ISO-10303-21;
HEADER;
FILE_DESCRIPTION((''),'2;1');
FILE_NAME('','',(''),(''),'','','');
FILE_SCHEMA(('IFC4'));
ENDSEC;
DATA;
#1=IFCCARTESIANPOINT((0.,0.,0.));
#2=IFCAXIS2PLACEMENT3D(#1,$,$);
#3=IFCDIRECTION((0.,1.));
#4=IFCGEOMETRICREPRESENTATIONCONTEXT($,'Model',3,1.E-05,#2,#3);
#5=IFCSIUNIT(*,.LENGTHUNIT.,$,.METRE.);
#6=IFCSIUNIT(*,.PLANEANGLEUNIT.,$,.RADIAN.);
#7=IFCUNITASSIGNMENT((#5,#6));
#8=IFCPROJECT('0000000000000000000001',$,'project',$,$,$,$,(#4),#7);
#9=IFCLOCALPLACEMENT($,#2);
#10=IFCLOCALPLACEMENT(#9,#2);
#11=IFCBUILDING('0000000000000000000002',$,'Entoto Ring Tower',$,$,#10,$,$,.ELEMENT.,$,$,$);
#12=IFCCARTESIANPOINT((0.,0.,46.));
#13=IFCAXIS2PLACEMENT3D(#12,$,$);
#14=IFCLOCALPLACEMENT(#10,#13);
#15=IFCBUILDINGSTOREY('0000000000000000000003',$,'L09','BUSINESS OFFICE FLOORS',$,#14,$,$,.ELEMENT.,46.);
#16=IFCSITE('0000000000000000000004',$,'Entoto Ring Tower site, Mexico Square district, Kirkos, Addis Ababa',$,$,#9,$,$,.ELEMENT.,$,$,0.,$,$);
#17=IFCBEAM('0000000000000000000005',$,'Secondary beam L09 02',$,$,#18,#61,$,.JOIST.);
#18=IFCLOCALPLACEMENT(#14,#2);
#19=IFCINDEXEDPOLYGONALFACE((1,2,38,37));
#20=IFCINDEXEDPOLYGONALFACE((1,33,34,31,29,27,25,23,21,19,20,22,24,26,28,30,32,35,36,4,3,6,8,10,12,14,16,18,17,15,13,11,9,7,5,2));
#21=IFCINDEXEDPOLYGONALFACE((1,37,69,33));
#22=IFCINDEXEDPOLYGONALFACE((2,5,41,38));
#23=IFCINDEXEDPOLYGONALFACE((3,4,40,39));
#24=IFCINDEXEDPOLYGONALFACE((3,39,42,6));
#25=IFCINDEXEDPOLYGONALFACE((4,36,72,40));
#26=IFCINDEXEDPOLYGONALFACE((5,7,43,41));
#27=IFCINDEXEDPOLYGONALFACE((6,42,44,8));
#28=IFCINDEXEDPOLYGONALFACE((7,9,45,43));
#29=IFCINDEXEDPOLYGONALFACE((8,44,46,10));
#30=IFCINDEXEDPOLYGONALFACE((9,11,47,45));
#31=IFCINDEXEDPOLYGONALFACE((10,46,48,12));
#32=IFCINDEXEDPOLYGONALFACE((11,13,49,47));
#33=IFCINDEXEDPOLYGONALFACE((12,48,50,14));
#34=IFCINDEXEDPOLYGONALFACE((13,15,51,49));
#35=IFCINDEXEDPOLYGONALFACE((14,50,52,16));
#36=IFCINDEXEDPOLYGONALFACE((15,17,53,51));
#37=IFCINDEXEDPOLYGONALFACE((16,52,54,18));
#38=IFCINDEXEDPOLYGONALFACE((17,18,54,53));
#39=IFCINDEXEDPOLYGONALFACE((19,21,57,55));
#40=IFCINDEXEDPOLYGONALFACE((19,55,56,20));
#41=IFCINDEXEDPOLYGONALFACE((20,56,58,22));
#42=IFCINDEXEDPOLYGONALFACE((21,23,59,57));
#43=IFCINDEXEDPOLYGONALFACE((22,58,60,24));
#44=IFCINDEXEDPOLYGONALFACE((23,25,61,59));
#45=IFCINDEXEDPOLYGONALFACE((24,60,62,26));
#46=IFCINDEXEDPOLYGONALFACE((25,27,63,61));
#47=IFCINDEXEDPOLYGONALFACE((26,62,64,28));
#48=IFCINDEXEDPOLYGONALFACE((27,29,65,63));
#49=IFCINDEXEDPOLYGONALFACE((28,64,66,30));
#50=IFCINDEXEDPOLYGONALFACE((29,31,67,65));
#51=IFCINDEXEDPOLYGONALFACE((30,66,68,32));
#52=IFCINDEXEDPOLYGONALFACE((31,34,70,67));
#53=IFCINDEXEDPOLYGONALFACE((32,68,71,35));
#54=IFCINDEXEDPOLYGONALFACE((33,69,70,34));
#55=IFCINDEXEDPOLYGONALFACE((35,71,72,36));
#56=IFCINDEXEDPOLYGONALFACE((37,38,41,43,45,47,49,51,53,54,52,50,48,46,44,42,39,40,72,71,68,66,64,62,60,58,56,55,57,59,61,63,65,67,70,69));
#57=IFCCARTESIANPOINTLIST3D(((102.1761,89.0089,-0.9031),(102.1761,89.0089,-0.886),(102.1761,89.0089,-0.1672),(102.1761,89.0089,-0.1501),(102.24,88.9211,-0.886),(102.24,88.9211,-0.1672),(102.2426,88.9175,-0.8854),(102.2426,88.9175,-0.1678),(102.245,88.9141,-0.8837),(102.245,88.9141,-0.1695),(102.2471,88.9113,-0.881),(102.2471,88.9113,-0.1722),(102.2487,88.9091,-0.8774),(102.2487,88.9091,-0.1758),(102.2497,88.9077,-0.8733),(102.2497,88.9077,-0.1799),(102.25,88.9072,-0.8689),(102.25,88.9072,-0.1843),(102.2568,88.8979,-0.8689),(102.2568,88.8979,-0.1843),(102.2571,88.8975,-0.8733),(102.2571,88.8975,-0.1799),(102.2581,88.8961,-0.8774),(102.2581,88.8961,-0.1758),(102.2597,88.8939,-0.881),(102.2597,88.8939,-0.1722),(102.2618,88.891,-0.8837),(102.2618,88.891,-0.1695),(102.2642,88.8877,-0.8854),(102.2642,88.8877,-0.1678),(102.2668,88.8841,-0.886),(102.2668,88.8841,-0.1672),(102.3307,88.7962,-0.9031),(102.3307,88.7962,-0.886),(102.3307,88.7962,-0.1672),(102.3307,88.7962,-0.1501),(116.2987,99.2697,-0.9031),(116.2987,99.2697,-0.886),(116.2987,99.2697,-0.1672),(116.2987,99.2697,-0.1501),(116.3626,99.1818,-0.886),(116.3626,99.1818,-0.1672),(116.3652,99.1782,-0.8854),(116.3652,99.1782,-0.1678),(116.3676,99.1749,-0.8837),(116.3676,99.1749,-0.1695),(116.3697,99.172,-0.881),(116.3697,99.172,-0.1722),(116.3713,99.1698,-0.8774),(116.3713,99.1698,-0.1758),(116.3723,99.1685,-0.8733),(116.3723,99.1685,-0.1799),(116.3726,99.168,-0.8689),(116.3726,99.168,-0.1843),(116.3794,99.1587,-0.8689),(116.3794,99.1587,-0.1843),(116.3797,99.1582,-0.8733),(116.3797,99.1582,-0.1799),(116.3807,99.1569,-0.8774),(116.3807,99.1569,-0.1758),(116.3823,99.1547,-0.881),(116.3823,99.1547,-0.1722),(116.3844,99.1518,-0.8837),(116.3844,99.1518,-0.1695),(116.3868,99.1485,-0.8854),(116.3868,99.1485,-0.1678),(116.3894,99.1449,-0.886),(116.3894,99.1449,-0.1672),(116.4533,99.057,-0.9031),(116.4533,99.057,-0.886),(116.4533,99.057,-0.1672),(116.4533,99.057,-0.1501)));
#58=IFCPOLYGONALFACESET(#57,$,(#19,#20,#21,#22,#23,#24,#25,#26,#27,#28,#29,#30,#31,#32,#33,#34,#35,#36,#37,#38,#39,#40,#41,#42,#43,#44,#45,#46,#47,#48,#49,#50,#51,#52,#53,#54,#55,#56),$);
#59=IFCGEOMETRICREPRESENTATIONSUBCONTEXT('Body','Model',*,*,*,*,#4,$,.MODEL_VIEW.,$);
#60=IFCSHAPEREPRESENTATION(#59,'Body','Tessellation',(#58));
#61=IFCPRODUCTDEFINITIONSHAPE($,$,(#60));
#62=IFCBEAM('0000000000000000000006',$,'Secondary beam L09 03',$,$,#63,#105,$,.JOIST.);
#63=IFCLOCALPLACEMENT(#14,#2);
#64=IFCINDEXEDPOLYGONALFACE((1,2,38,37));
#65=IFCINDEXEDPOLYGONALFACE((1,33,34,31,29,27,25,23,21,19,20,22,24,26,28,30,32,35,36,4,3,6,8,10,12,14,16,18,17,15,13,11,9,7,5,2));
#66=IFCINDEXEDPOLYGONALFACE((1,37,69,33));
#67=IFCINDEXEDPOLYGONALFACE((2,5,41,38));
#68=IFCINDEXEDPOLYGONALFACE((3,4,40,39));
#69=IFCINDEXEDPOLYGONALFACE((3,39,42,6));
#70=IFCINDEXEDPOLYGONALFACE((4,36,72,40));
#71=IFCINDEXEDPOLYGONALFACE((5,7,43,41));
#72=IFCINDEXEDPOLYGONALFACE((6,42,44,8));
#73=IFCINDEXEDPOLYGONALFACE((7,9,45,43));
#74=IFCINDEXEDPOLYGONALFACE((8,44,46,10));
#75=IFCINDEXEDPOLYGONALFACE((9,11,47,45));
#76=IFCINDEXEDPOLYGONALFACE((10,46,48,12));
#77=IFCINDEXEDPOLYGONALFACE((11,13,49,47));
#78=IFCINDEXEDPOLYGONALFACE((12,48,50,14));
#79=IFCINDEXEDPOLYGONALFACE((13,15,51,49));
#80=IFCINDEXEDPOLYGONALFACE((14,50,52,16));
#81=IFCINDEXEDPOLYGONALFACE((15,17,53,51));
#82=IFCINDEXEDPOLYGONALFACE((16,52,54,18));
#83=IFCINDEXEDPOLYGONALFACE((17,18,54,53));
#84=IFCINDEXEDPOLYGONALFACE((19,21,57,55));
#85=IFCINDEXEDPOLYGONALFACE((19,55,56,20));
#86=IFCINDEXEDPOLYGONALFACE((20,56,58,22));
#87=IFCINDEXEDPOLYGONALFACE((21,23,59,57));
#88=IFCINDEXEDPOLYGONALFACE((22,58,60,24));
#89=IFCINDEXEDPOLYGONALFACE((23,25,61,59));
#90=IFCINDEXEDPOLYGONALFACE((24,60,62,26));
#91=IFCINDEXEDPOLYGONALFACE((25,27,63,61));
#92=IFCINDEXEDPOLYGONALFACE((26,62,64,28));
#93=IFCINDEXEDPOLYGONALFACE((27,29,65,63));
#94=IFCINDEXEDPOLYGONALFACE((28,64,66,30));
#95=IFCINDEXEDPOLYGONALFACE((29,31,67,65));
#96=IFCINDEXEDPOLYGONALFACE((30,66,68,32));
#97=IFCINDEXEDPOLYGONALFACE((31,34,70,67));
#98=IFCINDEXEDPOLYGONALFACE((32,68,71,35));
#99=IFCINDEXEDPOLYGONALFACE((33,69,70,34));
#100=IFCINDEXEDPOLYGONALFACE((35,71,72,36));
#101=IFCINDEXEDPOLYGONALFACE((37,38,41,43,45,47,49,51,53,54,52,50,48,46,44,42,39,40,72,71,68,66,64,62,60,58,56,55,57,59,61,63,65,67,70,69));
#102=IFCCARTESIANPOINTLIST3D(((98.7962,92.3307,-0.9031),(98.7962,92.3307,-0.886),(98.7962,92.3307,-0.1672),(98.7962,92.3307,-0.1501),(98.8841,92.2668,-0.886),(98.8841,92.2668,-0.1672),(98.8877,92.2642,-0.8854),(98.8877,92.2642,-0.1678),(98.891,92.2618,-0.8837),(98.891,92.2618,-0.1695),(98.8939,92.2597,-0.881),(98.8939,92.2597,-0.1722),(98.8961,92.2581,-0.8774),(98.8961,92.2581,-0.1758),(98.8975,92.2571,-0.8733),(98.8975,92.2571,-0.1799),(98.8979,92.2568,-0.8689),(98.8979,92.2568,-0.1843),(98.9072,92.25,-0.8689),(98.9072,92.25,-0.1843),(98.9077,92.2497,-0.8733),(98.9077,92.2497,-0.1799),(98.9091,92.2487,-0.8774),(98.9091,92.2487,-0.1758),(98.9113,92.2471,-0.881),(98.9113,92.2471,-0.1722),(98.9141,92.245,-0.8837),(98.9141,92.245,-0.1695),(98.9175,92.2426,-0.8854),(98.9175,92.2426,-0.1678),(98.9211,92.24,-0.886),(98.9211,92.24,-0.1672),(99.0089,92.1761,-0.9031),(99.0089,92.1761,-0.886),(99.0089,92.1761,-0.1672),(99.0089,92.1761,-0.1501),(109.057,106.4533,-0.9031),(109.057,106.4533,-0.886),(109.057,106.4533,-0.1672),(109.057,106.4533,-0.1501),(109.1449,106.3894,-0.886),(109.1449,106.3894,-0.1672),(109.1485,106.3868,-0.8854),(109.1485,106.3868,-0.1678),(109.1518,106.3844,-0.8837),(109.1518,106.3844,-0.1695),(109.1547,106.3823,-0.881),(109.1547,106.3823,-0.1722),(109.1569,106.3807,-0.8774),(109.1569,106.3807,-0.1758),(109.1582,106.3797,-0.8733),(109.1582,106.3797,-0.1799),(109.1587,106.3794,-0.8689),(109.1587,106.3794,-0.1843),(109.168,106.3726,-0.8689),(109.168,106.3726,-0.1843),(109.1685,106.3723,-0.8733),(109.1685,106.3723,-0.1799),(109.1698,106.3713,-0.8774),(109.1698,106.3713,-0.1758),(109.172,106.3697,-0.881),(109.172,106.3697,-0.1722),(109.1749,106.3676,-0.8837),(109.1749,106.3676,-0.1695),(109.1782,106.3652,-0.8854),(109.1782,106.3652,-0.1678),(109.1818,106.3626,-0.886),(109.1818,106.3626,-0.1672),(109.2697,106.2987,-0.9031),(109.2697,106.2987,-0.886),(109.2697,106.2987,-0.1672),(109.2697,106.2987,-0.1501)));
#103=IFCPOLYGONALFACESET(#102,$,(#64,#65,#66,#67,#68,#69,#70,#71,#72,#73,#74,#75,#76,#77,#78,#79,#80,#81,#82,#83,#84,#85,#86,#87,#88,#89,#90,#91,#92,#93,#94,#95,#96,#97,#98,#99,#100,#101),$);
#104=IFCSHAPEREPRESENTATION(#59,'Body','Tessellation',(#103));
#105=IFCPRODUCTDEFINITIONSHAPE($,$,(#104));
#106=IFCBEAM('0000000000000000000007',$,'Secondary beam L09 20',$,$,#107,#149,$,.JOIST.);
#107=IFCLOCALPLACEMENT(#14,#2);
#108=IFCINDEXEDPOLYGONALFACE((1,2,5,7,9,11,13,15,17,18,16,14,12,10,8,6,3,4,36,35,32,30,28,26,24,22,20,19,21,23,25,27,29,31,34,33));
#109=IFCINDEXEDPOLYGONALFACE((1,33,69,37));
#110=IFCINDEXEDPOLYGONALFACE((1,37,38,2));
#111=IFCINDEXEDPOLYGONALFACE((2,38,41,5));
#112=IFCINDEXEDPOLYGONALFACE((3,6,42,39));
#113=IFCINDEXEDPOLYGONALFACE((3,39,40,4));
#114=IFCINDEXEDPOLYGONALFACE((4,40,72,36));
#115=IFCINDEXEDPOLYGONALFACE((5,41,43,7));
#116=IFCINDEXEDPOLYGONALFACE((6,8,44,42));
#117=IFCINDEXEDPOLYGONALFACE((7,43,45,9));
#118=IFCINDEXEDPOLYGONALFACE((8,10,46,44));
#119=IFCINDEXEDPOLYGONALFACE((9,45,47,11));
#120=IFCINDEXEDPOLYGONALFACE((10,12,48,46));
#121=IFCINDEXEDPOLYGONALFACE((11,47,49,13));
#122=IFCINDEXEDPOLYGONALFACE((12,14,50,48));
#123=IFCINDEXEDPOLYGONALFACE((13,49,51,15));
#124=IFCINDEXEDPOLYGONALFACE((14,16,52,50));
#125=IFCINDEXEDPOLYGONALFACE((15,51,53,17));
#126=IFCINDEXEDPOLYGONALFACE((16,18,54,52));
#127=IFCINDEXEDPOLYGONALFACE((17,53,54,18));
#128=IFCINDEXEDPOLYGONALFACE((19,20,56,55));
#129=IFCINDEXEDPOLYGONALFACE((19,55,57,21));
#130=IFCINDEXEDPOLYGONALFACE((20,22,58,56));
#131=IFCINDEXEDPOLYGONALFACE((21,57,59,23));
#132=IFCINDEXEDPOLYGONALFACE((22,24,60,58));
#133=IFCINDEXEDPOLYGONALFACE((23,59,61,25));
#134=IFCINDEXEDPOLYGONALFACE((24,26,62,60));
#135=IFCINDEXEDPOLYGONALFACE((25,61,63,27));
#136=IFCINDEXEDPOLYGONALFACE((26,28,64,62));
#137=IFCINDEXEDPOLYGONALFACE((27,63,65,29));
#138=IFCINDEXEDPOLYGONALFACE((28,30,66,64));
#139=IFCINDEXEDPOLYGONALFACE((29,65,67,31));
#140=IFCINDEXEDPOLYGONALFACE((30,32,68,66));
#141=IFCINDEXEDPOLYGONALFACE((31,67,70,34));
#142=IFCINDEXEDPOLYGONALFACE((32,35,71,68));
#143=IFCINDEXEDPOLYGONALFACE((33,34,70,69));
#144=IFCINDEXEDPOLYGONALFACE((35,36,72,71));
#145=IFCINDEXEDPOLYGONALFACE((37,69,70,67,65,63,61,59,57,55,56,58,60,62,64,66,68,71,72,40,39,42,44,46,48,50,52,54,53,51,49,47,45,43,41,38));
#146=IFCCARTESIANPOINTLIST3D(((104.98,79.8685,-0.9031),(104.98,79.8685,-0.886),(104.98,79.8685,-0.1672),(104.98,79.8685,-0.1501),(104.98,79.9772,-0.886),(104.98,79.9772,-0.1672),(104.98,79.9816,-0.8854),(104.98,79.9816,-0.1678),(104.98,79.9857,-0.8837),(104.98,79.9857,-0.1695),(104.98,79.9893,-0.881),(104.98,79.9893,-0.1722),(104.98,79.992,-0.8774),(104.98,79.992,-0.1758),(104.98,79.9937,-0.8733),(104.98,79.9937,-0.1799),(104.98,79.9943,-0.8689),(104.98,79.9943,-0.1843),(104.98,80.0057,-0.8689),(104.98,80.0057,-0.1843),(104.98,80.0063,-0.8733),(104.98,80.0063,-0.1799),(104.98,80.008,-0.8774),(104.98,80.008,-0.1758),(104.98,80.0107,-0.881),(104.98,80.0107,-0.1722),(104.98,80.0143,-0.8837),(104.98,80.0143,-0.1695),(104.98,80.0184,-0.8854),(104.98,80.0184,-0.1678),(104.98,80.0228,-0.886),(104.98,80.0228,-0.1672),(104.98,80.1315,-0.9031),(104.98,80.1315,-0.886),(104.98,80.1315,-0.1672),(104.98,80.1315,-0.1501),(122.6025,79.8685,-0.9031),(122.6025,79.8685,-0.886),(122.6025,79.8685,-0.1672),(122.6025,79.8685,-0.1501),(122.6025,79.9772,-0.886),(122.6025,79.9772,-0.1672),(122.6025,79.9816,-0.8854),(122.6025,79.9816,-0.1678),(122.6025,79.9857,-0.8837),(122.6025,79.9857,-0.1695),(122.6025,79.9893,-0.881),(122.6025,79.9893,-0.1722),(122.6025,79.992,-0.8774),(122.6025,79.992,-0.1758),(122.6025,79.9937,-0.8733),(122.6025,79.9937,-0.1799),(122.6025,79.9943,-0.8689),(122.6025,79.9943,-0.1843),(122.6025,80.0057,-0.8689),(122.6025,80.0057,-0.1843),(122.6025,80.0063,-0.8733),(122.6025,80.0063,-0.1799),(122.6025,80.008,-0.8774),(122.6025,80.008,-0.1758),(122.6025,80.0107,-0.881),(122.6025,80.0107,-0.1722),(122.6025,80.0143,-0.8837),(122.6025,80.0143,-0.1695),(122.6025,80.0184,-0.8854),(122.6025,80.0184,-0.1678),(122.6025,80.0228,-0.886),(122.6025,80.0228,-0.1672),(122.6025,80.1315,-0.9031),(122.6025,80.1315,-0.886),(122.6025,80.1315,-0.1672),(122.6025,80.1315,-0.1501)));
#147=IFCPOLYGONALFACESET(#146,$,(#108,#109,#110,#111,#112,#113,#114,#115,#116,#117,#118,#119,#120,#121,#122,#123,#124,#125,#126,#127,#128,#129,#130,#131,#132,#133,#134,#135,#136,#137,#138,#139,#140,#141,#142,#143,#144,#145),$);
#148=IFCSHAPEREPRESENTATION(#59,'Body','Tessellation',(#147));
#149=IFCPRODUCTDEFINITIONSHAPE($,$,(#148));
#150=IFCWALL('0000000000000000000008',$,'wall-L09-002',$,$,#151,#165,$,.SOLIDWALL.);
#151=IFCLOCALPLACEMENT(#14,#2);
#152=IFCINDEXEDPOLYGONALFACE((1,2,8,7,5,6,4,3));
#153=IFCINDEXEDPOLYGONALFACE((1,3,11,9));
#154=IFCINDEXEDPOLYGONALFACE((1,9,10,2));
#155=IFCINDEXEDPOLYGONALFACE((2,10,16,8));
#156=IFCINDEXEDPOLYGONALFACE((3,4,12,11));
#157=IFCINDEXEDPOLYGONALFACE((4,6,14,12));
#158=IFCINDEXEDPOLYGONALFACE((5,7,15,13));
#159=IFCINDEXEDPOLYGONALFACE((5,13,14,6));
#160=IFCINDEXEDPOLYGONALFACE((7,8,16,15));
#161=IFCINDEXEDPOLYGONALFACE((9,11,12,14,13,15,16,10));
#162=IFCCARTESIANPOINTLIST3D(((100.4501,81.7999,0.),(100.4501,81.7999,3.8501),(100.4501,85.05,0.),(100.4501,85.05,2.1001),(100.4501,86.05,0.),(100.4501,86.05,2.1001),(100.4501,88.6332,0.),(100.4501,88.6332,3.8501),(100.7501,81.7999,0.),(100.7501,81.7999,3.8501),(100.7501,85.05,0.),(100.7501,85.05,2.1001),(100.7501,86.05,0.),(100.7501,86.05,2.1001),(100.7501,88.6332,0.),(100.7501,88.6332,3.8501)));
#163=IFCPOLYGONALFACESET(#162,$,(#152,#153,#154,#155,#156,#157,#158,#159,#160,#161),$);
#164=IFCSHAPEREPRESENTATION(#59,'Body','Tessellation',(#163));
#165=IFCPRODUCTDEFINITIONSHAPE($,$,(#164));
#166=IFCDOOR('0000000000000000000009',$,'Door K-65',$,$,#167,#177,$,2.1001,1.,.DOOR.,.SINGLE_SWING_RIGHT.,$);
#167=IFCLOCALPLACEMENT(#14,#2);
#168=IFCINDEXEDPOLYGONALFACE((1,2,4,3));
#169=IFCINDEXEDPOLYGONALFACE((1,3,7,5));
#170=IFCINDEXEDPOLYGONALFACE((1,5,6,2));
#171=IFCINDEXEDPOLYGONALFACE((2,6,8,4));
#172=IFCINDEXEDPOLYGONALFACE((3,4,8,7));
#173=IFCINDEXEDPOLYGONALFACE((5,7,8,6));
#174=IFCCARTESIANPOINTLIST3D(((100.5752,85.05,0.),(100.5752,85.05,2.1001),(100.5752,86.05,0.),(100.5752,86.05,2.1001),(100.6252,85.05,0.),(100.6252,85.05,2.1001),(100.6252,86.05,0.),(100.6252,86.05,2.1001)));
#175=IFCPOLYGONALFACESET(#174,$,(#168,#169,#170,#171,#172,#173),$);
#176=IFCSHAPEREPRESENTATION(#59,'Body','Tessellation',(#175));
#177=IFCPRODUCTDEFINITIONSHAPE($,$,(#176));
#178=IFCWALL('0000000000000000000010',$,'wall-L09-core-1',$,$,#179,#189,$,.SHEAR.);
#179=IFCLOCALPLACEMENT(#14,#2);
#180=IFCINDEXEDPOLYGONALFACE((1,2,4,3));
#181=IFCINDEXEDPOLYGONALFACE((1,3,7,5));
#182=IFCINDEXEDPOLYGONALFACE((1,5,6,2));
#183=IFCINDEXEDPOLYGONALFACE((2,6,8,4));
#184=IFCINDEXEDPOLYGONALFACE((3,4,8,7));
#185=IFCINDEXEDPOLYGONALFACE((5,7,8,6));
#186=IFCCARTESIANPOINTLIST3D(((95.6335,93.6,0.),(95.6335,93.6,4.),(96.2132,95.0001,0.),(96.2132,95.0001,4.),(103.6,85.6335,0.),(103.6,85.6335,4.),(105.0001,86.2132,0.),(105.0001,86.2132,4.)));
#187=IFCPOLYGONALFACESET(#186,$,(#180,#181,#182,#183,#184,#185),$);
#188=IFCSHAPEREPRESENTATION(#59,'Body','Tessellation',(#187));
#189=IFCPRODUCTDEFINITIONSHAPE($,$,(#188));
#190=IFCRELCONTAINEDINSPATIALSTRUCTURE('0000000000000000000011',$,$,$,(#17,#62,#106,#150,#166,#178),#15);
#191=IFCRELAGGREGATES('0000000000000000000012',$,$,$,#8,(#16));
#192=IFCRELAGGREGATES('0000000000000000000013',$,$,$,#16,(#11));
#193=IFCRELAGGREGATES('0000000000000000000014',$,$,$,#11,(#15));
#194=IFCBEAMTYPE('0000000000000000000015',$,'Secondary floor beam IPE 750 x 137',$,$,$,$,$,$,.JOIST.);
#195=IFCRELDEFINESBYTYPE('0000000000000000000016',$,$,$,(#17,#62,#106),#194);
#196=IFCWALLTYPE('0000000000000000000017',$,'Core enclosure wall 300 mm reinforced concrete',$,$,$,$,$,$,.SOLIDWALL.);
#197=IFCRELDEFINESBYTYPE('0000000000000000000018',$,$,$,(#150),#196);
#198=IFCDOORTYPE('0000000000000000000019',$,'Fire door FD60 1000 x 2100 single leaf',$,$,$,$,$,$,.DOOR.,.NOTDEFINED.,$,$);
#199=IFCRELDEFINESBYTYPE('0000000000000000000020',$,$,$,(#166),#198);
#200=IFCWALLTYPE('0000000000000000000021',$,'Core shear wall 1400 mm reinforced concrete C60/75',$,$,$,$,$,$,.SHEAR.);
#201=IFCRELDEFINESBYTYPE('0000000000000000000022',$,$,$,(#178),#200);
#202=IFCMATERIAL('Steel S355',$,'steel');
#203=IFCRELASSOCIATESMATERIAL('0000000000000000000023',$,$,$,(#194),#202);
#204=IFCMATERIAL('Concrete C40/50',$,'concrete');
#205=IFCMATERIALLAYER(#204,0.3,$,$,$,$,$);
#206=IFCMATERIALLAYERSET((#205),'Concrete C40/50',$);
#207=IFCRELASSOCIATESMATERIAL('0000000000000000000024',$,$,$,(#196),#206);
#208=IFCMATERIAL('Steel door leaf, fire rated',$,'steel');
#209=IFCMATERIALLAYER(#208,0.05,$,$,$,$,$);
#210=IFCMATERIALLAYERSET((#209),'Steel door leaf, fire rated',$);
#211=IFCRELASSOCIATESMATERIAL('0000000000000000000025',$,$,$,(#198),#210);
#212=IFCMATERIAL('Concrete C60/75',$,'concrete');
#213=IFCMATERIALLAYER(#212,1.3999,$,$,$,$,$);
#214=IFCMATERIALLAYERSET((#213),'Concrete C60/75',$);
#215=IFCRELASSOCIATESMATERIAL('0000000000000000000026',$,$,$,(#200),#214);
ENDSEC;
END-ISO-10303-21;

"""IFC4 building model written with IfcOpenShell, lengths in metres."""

from ifc_helpers import new_model, si_unit, direction, frame, frame_2d, origin, origin_2d, place, context, subcontext, project, spatial, polyline, rectangle, i_section, outline, extrude, material, layer, layer_set, material_profile, profile_set, type_object, element, fill, save


model = new_model("IFC4")

# Units and contexts
model_context = context("Model", 3, precision=1e-05, world=origin(), true_north=direction((0.0, 1.0)))
body_context = subcontext(model_context, "Body", "Model", "MODEL_VIEW")
ifc_project = project(units=[si_unit("LENGTHUNIT", "METRE"), si_unit("PLANEANGLEUNIT", "RADIAN")], contexts=[model_context])

# Site, building, storey
site_placement = place(None, origin())
site = spatial("IfcSite", under=ifc_project, at=site_placement, Name="Entoto Ring Tower site, Mexico Square district, Kirkos, Addis Ababa", CompositionType="ELEMENT", RefElevation=0.0)
building_placement = place(site_placement, origin())
building = spatial("IfcBuilding", under=site, at=building_placement, Name="Entoto Ring Tower", CompositionType="ELEMENT")
storey_placement = place(building_placement, frame((0.0, 0.0, 46.0)))
storey = spatial("IfcBuildingStorey", under=building, at=storey_placement, Name="L09", Description="BUSINESS OFFICE FLOORS", CompositionType="ELEMENT", Elevation=46.0)

# Beams
ifc_material_1 = material(Name="Steel S355", Category="steel")
ifc_material_profile_1 = material_profile(ifc_material_1, i_section(OverallWidth=0.2629, OverallDepth=0.7529, WebThickness=0.0115, FlangeThickness=0.0171, FilletRadius=0.0171, at=origin_2d()), Name="IPE 750 x 137")
ifc_profile_set_1 = profile_set([ifc_material_profile_1], Name="Steel S355")
beam_type_1 = type_object("IfcBeamType", Name="Secondary floor beam IPE 750 x 137", PredefinedType="JOIST", material=ifc_profile_set_1)
for number, where, z_axis, x_axis, name in (
    (1, (102.2534, 88.9026, -0.5266), (0.809014, 0.587789, 0.0), (-0.587789, 0.809014, 0.0), "Secondary beam L09 02"),
    (2, (98.9026, 92.2534, -0.5266), (0.587789, 0.809014, 0.0), (-0.809014, 0.587789, 0.0), "Secondary beam L09 03"),
):
    element("IfcBeam", number, at=place(storey_placement, frame(where, z_axis=z_axis, x_axis=x_axis)), inside=storey, type_object=beam_type_1, Name=name, PredefinedType="JOIST", context=body_context, shape_type="SweptSolid", body=[
        extrude(i_section(OverallWidth=0.2629, OverallDepth=0.7529, WebThickness=0.0115, FlangeThickness=0.0171, FilletRadius=0.0171, at=origin_2d()), origin(), (0.0, 0.0, 1.0), 17.4565),
    ])
beam_1_placement = place(storey_placement, frame((104.98, 80.0, -0.5266), z_axis=(1.0, 0.0, 0.0), x_axis=(0.0, 1.0, 0.0)))
element("IfcBeam", 3, at=beam_1_placement, inside=storey, type_object=beam_type_1, Name="Secondary beam L09 20", PredefinedType="JOIST", context=body_context, shape_type="SweptSolid", body=[
    extrude(i_section(OverallWidth=0.2629, OverallDepth=0.7529, WebThickness=0.0115, FlangeThickness=0.0171, FilletRadius=0.0171, at=origin_2d()), origin(), (0.0, 0.0, 1.0), 17.6226),
])

# Wall, opening, door
ifc_material_2 = material(Name="Concrete C40/50", Category="concrete")
ifc_layer_1 = layer(ifc_material_2, 0.3)
ifc_layer_set_1 = layer_set([ifc_layer_1], Name="Concrete C40/50")
wall_type_1 = type_object("IfcWallType", Name="Core enclosure wall 300 mm reinforced concrete", PredefinedType="SOLIDWALL", material=ifc_layer_set_1)
wall_1_placement = place(storey_placement, frame((100.6001, 81.8, 0.0), z_axis=(0.0, 0.0, 1.0), x_axis=(0.0, 1.0, 0.0)))
wall_1 = element("IfcWall", 4, at=wall_1_placement, inside=storey, type_object=wall_type_1, Name="wall-L09-002", PredefinedType="SOLIDWALL", context=body_context, shape_type="SweptSolid", body=[
    extrude(rectangle(XDim=6.8333, YDim=0.3, at=frame_2d((3.4165, 0.0))), origin(), (0.0, 0.0, 1.0), 3.8501),
])
opening_1_placement = place(wall_1_placement, frame((3.25, 0.0, 0.0)))
opening_1 = element("IfcOpeningElement", 5, at=opening_1_placement, cuts=wall_1, PredefinedType="OPENING", context=body_context, shape_type="SweptSolid", body=[
    extrude(rectangle(XDim=1.0, YDim=2.1001, at=frame_2d((0.5, 1.05))), frame((0.0, 0.1602, 0.0), z_axis=(0.0, -1.0, 0.0), x_axis=(1.0, 0.0, 0.0)), (0.0, 0.0, 1.0), 0.3201),
])
ifc_material_3 = material(Name="Steel door leaf, fire rated", Category="steel")
ifc_layer_2 = layer(ifc_material_3, 0.05)
ifc_layer_set_2 = layer_set([ifc_layer_2], Name="Steel door leaf, fire rated")
door_type_1 = type_object("IfcDoorType", Name="Fire door FD60 1000 x 2100 single leaf", OperationType="NOTDEFINED", PredefinedType="DOOR", material=ifc_layer_set_2)
door_1_placement = place(opening_1_placement, origin())
door_1 = element("IfcDoor", 6, at=door_1_placement, inside=storey, type_object=door_type_1, Name="Door K-65", OperationType="SINGLE_SWING_RIGHT", OverallHeight=2.1001, OverallWidth=1.0, PredefinedType="DOOR", context=body_context, shape_type="SweptSolid", body=[
    extrude(rectangle(XDim=1.0, YDim=2.1001, at=frame_2d((0.5, 1.05))), frame((0.0, 0.0249, 0.0), z_axis=(0.0, -1.0, 0.0), x_axis=(1.0, 0.0, 0.0)), (0.0, 0.0, 1.0), 0.05),
])
fill(opening_1, door_1)

# Wall
ifc_material_4 = material(Name="Concrete C60/75", Category="concrete")
ifc_layer_3 = layer(ifc_material_4, 1.3999)
ifc_layer_set_3 = layer_set([ifc_layer_3], Name="Concrete C60/75")
wall_type_2 = type_object("IfcWallType", Name="Core shear wall 1400 mm reinforced concrete C60/75", PredefinedType="SHEAR", material=ifc_layer_set_3)
wall_2_placement = place(storey_placement, frame((104.3, 85.9233, 0.0), z_axis=(0.0, 0.0, 1.0), x_axis=(-0.707107, 0.707107, 0.0)))
element("IfcWall", 7, at=wall_2_placement, inside=storey, type_object=wall_type_2, Name="wall-L09-core-1", PredefinedType="SHEAR", context=body_context, shape_type="SweptSolid", body=[
    extrude(outline(polyline([(-0.29, -0.7), (12.1365, -0.7), (11.5564, 0.7), (0.29, 0.7), (-0.29, -0.7)])), origin(), (0.0, 0.0, 1.0), 4.0),
])

save(model, "model.ifc")
